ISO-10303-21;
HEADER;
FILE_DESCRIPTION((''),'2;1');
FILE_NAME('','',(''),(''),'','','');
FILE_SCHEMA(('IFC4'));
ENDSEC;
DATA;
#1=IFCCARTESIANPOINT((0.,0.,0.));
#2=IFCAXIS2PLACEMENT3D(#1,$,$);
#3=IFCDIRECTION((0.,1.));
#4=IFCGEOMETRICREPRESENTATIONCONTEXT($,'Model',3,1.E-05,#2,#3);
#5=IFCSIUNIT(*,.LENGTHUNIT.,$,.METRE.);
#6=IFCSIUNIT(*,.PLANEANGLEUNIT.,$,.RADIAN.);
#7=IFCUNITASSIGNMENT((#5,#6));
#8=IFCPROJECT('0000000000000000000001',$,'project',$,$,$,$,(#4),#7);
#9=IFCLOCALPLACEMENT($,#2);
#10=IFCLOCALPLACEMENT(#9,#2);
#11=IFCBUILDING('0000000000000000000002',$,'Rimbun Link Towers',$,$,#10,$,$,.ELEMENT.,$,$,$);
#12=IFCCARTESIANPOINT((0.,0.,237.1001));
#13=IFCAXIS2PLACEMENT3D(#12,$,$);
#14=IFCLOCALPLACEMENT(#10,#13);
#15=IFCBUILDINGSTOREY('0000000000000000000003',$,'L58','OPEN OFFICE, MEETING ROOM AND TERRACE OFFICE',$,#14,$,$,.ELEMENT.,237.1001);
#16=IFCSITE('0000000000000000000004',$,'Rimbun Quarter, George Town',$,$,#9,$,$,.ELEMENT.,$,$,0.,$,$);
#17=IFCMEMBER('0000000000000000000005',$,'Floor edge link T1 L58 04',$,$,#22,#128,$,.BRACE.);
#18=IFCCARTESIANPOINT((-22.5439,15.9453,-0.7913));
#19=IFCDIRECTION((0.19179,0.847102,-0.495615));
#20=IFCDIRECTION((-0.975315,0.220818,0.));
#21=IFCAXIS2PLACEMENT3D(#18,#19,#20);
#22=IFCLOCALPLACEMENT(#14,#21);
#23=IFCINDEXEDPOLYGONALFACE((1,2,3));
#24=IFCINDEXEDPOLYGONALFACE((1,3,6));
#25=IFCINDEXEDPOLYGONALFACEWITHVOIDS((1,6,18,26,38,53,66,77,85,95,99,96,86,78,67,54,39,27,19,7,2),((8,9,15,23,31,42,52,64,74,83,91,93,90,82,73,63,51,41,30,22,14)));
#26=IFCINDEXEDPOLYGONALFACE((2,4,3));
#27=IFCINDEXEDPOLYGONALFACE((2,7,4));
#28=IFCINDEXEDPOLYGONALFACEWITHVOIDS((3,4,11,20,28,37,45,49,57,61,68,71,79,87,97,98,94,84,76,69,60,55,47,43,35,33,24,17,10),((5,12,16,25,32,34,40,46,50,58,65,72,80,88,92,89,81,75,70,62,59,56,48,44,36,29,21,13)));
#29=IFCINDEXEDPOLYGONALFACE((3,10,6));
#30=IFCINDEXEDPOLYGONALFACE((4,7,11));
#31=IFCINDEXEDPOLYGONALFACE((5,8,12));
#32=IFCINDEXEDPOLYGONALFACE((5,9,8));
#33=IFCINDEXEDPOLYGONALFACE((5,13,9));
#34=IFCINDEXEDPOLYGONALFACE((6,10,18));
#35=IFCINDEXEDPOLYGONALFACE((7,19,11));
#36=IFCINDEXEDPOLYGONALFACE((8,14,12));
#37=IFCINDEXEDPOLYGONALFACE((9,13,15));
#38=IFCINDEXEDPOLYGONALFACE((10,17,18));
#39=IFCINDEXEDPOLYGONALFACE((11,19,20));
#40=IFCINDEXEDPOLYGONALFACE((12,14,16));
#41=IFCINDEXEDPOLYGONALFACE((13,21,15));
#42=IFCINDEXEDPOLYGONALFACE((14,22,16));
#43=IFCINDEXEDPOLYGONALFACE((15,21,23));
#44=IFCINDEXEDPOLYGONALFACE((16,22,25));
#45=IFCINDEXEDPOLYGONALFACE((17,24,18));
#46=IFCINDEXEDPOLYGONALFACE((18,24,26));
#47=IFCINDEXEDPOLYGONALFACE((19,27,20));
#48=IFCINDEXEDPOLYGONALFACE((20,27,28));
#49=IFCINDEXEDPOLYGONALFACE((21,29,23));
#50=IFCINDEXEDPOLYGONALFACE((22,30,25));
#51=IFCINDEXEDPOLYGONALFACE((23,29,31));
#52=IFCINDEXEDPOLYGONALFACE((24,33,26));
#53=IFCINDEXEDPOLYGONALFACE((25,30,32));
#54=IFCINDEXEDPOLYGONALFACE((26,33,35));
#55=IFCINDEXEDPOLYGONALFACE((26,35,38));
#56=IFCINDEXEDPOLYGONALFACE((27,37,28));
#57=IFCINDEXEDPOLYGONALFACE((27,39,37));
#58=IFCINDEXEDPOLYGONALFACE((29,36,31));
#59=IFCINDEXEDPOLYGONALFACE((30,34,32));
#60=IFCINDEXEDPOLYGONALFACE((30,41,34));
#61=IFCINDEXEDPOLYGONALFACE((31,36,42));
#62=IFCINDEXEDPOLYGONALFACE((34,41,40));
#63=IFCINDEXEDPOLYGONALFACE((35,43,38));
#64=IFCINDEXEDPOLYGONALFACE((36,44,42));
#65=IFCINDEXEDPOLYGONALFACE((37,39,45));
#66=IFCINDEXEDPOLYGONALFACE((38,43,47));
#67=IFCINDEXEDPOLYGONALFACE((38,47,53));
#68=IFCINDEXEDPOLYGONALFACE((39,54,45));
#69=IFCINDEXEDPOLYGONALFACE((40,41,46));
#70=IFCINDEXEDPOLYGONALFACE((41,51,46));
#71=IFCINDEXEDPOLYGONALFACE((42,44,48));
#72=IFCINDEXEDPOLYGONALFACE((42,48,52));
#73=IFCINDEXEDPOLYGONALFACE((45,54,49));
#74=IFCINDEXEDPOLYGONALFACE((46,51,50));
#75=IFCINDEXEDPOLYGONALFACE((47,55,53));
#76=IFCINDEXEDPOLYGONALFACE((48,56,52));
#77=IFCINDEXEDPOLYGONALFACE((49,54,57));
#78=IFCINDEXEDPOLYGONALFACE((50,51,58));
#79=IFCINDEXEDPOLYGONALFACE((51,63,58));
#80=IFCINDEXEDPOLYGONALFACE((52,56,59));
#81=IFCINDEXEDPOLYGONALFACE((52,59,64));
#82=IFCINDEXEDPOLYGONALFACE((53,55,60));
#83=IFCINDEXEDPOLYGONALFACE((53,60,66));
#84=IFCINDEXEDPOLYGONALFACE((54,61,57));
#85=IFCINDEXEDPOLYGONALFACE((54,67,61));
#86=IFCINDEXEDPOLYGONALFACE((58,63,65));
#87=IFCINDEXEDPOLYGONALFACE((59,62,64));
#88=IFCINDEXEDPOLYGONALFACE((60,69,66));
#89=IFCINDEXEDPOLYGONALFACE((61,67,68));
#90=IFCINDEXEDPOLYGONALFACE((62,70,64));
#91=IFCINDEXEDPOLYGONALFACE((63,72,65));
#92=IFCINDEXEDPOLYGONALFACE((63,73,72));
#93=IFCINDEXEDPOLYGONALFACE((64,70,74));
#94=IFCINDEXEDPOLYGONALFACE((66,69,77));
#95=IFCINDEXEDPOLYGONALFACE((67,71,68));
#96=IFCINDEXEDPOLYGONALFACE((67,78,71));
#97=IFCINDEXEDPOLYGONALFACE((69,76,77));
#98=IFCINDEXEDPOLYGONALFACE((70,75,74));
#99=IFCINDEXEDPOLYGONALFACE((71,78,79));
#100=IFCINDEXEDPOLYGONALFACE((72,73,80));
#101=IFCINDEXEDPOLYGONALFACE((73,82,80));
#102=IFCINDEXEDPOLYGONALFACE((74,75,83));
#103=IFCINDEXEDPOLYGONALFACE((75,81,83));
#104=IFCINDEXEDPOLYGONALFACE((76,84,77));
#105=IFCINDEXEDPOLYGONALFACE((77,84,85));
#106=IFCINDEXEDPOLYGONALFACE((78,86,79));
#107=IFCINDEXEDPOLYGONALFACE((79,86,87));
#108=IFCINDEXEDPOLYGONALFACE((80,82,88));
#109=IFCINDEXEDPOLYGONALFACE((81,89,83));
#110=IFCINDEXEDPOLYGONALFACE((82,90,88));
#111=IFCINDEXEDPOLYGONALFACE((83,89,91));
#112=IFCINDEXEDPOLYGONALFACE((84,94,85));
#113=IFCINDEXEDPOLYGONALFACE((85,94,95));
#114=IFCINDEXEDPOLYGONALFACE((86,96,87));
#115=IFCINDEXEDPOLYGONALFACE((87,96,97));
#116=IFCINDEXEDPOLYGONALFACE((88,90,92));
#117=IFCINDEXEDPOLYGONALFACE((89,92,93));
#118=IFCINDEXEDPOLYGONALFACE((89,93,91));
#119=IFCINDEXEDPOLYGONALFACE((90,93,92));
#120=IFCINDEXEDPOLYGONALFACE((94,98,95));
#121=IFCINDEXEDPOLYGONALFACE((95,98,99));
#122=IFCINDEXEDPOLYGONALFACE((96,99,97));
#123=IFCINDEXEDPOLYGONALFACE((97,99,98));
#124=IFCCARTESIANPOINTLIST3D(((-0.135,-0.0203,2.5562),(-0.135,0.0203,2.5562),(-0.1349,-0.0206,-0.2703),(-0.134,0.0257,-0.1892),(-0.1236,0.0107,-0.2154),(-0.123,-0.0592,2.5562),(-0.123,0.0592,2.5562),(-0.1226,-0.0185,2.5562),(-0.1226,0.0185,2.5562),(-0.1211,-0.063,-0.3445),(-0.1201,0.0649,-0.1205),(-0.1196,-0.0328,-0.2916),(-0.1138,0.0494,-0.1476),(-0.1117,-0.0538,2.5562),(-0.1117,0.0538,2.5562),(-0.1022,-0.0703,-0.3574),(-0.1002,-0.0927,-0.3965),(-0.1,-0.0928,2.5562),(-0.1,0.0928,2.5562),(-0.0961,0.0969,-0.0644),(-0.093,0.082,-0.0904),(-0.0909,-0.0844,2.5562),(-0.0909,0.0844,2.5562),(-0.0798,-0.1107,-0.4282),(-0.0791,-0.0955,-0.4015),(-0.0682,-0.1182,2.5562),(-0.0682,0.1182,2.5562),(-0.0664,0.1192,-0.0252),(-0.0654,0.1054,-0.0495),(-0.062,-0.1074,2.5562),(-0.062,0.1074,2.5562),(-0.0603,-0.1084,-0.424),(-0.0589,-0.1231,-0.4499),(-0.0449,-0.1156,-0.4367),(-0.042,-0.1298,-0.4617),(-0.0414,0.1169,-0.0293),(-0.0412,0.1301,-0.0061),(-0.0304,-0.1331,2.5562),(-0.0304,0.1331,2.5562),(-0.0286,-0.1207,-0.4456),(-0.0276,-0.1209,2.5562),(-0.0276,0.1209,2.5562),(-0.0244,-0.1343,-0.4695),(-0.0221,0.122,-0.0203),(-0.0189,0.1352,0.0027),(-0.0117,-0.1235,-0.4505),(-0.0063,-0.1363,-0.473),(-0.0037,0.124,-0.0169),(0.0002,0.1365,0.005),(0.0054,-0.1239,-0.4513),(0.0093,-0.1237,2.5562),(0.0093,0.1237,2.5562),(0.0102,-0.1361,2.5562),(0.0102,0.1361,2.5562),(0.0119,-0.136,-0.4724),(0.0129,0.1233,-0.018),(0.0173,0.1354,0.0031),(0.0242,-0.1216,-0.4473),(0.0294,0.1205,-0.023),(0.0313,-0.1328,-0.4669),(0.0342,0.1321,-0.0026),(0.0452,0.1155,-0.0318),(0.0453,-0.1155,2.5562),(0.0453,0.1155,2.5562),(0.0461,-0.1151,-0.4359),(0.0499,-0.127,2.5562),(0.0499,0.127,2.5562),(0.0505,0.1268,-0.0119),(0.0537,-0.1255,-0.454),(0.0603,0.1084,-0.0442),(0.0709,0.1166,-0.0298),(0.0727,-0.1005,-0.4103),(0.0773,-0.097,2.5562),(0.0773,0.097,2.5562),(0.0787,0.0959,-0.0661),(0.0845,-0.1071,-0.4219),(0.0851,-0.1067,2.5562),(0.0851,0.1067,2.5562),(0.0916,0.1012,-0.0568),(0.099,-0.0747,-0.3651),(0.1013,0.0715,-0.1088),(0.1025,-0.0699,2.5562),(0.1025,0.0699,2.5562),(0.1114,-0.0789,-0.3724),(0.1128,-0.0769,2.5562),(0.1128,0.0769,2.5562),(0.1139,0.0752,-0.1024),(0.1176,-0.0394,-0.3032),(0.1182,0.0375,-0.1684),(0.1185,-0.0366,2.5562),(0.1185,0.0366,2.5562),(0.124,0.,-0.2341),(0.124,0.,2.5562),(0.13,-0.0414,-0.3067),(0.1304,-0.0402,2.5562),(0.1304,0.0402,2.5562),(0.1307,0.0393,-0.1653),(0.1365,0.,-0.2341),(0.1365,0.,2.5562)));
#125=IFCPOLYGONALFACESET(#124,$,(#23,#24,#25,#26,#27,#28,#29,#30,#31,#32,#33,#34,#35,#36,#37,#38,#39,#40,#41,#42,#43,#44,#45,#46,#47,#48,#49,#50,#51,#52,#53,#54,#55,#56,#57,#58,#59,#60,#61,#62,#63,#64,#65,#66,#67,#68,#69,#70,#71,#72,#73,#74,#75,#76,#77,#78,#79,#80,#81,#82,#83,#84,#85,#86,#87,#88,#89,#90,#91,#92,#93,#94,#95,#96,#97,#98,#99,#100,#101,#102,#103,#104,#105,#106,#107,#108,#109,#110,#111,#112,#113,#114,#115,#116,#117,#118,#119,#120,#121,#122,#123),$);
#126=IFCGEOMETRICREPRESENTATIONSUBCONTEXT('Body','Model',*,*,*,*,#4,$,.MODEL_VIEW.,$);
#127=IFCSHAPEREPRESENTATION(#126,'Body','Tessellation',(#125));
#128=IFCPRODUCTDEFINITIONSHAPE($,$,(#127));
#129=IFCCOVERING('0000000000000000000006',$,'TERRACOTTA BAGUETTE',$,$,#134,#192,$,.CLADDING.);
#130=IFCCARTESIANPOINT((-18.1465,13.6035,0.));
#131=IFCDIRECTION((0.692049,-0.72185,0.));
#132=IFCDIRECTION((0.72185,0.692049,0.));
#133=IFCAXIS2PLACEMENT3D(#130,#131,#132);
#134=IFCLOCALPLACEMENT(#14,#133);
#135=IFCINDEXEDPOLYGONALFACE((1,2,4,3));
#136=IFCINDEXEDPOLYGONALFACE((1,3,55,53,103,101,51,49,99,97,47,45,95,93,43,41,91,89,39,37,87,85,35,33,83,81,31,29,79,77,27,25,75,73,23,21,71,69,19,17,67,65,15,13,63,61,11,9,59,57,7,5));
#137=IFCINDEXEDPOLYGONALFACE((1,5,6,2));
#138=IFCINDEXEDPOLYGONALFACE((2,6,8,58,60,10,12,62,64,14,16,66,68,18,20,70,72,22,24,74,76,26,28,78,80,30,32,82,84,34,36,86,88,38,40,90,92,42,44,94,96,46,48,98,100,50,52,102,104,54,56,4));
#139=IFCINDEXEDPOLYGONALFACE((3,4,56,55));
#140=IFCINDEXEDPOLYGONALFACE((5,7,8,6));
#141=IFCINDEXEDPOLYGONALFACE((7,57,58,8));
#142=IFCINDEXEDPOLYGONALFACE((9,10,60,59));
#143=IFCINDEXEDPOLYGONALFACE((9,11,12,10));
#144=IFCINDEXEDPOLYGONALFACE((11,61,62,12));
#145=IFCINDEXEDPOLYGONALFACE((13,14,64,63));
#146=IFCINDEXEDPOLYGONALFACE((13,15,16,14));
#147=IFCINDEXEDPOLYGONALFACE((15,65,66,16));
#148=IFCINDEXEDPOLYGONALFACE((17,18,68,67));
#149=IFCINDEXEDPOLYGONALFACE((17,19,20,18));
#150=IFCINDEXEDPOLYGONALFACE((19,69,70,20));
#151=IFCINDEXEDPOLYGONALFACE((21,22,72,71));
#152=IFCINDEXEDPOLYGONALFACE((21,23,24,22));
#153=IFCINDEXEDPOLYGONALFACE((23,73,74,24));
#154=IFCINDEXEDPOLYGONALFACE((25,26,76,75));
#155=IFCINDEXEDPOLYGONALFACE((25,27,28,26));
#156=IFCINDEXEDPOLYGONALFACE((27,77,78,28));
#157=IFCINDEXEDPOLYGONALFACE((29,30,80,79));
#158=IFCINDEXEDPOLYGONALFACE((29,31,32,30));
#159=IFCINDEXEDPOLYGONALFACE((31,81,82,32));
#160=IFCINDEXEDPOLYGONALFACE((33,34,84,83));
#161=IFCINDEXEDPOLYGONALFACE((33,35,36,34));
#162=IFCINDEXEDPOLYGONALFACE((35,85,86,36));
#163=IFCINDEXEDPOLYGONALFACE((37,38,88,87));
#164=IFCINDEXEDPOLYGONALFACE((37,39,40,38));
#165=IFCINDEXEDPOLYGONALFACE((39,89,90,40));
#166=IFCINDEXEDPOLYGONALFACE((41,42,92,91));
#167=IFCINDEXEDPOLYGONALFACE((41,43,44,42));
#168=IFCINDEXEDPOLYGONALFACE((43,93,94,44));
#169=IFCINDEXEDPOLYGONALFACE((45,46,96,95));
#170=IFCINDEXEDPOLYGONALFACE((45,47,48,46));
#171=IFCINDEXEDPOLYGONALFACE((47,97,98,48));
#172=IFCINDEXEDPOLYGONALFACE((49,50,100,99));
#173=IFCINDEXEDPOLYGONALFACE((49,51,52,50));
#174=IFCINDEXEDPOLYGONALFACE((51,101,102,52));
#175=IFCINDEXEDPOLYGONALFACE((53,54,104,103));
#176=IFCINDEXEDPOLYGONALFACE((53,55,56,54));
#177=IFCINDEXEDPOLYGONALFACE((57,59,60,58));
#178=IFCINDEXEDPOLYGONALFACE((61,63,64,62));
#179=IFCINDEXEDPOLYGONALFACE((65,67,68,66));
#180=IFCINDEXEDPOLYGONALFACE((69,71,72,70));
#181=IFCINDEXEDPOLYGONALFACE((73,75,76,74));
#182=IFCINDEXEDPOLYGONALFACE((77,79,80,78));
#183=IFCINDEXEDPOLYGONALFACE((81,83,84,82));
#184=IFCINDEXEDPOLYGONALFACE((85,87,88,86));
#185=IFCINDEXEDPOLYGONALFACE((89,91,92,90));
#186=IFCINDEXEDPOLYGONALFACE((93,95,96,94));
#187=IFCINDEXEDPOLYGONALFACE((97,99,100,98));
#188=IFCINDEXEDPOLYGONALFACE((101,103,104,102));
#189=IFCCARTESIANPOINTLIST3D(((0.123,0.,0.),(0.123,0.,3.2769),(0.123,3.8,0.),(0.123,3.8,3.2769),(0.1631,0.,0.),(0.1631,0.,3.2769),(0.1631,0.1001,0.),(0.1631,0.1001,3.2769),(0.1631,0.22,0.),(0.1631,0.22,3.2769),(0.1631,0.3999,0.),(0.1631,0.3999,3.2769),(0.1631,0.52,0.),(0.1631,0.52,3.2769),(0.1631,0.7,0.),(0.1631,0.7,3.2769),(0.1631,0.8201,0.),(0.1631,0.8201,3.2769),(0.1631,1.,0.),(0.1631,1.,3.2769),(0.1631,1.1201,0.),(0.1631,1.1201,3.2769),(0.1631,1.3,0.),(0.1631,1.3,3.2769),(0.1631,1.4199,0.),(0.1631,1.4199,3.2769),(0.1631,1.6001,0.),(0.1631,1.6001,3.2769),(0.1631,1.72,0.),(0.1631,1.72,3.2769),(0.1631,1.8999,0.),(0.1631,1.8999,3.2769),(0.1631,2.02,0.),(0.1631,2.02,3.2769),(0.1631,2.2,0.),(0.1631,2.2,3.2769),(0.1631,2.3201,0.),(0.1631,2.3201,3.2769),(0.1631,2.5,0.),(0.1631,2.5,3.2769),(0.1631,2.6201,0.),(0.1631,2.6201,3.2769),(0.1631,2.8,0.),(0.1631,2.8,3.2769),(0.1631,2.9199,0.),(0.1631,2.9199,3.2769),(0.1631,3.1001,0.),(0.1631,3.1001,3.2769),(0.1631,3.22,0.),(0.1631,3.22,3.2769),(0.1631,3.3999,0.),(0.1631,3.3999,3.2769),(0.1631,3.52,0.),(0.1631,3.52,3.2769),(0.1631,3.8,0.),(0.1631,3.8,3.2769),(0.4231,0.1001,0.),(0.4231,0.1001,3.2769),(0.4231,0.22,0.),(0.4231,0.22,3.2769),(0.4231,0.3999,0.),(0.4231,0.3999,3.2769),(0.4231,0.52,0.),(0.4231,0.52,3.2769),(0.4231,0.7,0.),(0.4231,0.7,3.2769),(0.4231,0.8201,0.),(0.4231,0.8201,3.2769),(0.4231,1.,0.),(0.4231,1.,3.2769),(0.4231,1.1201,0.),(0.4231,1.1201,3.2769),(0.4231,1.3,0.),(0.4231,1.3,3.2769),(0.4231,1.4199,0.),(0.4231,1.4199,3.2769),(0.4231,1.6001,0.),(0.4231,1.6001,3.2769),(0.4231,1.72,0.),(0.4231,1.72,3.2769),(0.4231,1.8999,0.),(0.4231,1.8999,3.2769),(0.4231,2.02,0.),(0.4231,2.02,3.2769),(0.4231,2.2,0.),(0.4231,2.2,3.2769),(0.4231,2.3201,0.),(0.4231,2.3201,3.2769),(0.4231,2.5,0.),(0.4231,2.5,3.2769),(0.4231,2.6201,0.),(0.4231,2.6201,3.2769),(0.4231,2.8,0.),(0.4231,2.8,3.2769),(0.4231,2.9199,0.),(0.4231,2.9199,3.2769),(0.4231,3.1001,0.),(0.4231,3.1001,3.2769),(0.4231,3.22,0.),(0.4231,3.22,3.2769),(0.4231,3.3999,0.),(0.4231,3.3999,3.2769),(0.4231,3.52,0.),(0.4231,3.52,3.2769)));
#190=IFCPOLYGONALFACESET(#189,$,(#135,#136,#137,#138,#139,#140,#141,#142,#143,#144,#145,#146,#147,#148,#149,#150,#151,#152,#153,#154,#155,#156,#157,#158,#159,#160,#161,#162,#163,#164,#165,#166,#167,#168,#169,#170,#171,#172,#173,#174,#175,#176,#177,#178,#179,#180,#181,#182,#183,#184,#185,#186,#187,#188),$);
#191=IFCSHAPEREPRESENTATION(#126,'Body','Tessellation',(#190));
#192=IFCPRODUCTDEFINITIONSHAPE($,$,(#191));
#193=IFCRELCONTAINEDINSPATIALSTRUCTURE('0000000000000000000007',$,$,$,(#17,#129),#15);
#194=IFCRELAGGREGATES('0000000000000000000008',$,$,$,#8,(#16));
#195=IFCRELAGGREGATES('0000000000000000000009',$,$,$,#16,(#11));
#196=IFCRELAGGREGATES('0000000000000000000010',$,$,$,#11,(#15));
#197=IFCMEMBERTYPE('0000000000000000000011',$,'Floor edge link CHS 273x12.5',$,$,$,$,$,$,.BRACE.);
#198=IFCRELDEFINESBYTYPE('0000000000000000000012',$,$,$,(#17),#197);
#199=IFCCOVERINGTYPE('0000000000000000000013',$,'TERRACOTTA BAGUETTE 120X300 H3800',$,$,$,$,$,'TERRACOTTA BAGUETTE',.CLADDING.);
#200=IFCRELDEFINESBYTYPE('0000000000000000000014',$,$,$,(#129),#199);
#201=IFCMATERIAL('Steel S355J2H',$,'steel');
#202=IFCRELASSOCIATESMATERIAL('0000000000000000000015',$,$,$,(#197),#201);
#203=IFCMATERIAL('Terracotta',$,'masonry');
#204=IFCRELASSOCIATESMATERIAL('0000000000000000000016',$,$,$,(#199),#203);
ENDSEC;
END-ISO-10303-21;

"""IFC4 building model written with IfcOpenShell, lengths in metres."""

from ifc_helpers import new_model, si_unit, direction, frame, origin, origin_2d, place, context, subcontext, project, spatial, polyline, hollow_circle, outline, extrude, clip, halfspace, material, material_profile, profile_set, type_object, element, save


model = new_model("IFC4")

# Units and contexts
model_context = context("Model", 3, precision=1e-05, world=origin(), true_north=direction((0.0, 1.0)))
body_context = subcontext(model_context, "Body", "Model", "MODEL_VIEW")
ifc_project = project(units=[si_unit("LENGTHUNIT", "METRE"), si_unit("PLANEANGLEUNIT", "RADIAN")], contexts=[model_context])

# Site, building, storey
site_placement = place(None, origin())
site = spatial("IfcSite", under=ifc_project, at=site_placement, Name="Rimbun Quarter, George Town", CompositionType="ELEMENT", RefElevation=0.0)
building_placement = place(site_placement, origin())
building = spatial("IfcBuilding", under=site, at=building_placement, Name="Rimbun Link Towers", CompositionType="ELEMENT")
storey_placement = place(building_placement, frame((0.0, 0.0, 237.1001)))
storey = spatial("IfcBuildingStorey", under=building, at=storey_placement, Name="L58", Description="OPEN OFFICE, MEETING ROOM AND TERRACE OFFICE", CompositionType="ELEMENT", Elevation=237.1001)

# Member
ifc_material_1 = material(Name="Steel S355J2H", Category="steel")
ifc_material_profile_1 = material_profile(ifc_material_1, hollow_circle(Radius=0.1365, WallThickness=0.0125, at=origin_2d()), Name="CHS 273x12.5")
ifc_profile_set_1 = profile_set([ifc_material_profile_1], Name="Steel S355J2H")
member_type_1 = type_object("IfcMemberType", Name="Floor edge link CHS 273x12.5", PredefinedType="BRACE", material=ifc_profile_set_1)
member_1_placement = place(storey_placement, frame((-22.5439, 15.9453, -0.7913), z_axis=(0.19179, 0.847102, -0.495615), x_axis=(-0.975315, 0.220818, 0.0)))
element("IfcMember", 1, at=member_1_placement, inside=storey, type_object=member_type_1, Name="Floor edge link T1 L58 04", PredefinedType="BRACE", context=body_context, shape_type="Clipping", body=[
    clip(extrude(hollow_circle(Radius=0.1365, WallThickness=0.0125, at=origin_2d()), frame((0.0, 0.0, -0.4985)), (0.0, 0.0, 1.0), 3.0547), halfspace(frame((0.0, 0.0, -0.2341), z_axis=(0.0, 0.868542, -0.495615)), False)),
])

# Covering
ifc_material_2 = material(Name="Terracotta", Category="masonry")
ifc_material_profile_2 = material_profile(ifc_material_2, outline(polyline([(0.123, 0.0), (0.1631, 0.0), (0.1631, 0.1001), (0.4231, 0.1001), (0.4231, 0.22), (0.1631, 0.22), (0.1631, 0.3999), (0.4231, 0.3999), (0.4231, 0.52), (0.1631, 0.52), (0.1631, 0.7), (0.4231, 0.7), (0.4231, 0.8201), (0.1631, 0.8201), (0.1631, 1.0), (0.4231, 1.0), (0.4231, 1.1201), (0.1631, 1.1201), (0.1631, 1.3), (0.4231, 1.3), (0.4231, 1.4199), (0.1631, 1.4199), (0.1631, 1.6001), (0.4231, 1.6001), (0.4231, 1.72), (0.1631, 1.72), (0.1631, 1.8999), (0.4231, 1.8999), (0.4231, 2.02), (0.1631, 2.02), (0.1631, 2.2), (0.4231, 2.2), (0.4231, 2.3201), (0.1631, 2.3201), (0.1631, 2.5), (0.4231, 2.5), (0.4231, 2.6201), (0.1631, 2.6201), (0.1631, 2.8), (0.4231, 2.8), (0.4231, 2.9199), (0.1631, 2.9199), (0.1631, 3.1001), (0.4231, 3.1001), (0.4231, 3.22), (0.1631, 3.22), (0.1631, 3.3999), (0.4231, 3.3999), (0.4231, 3.52), (0.1631, 3.52), (0.1631, 3.8), (0.123, 3.8), (0.123, 0.0)])), Name="BAGUETTE 120X300")
ifc_profile_set_2 = profile_set([ifc_material_profile_2], Name="Terracotta")
covering_type = type_object("IfcCoveringType", Name="TERRACOTTA BAGUETTE 120X300 H3800", ElementType="TERRACOTTA BAGUETTE", PredefinedType="CLADDING", material=ifc_profile_set_2)
covering_1_placement = place(storey_placement, frame((-18.1465, 13.6035, 0.0), z_axis=(0.692049, -0.72185, 0.0), x_axis=(0.72185, 0.692049, 0.0)))
element("IfcCovering", 2, at=covering_1_placement, inside=storey, type_object=covering_type, Name="TERRACOTTA BAGUETTE", PredefinedType="CLADDING", context=body_context, shape_type="SweptSolid", body=[
    extrude(outline(polyline([(0.123, 0.0), (0.1631, 0.0), (0.1631, 0.1001), (0.4231, 0.1001), (0.4231, 0.22), (0.1631, 0.22), (0.1631, 0.3999), (0.4231, 0.3999), (0.4231, 0.52), (0.1631, 0.52), (0.1631, 0.7), (0.4231, 0.7), (0.4231, 0.8201), (0.1631, 0.8201), (0.1631, 1.0), (0.4231, 1.0), (0.4231, 1.1201), (0.1631, 1.1201), (0.1631, 1.3), (0.4231, 1.3), (0.4231, 1.4199), (0.1631, 1.4199), (0.1631, 1.6001), (0.4231, 1.6001), (0.4231, 1.72), (0.1631, 1.72), (0.1631, 1.8999), (0.4231, 1.8999), (0.4231, 2.02), (0.1631, 2.02), (0.1631, 2.2), (0.4231, 2.2), (0.4231, 2.3201), (0.1631, 2.3201), (0.1631, 2.5), (0.4231, 2.5), (0.4231, 2.6201), (0.1631, 2.6201), (0.1631, 2.8), (0.4231, 2.8), (0.4231, 2.9199), (0.1631, 2.9199), (0.1631, 3.1001), (0.4231, 3.1001), (0.4231, 3.22), (0.1631, 3.22), (0.1631, 3.3999), (0.4231, 3.3999), (0.4231, 3.52), (0.1631, 3.52), (0.1631, 3.8), (0.123, 3.8), (0.123, 0.0)])), origin(), (0.0, 0.0, 1.0), 3.2769),
])

save(model, "model.ifc")
